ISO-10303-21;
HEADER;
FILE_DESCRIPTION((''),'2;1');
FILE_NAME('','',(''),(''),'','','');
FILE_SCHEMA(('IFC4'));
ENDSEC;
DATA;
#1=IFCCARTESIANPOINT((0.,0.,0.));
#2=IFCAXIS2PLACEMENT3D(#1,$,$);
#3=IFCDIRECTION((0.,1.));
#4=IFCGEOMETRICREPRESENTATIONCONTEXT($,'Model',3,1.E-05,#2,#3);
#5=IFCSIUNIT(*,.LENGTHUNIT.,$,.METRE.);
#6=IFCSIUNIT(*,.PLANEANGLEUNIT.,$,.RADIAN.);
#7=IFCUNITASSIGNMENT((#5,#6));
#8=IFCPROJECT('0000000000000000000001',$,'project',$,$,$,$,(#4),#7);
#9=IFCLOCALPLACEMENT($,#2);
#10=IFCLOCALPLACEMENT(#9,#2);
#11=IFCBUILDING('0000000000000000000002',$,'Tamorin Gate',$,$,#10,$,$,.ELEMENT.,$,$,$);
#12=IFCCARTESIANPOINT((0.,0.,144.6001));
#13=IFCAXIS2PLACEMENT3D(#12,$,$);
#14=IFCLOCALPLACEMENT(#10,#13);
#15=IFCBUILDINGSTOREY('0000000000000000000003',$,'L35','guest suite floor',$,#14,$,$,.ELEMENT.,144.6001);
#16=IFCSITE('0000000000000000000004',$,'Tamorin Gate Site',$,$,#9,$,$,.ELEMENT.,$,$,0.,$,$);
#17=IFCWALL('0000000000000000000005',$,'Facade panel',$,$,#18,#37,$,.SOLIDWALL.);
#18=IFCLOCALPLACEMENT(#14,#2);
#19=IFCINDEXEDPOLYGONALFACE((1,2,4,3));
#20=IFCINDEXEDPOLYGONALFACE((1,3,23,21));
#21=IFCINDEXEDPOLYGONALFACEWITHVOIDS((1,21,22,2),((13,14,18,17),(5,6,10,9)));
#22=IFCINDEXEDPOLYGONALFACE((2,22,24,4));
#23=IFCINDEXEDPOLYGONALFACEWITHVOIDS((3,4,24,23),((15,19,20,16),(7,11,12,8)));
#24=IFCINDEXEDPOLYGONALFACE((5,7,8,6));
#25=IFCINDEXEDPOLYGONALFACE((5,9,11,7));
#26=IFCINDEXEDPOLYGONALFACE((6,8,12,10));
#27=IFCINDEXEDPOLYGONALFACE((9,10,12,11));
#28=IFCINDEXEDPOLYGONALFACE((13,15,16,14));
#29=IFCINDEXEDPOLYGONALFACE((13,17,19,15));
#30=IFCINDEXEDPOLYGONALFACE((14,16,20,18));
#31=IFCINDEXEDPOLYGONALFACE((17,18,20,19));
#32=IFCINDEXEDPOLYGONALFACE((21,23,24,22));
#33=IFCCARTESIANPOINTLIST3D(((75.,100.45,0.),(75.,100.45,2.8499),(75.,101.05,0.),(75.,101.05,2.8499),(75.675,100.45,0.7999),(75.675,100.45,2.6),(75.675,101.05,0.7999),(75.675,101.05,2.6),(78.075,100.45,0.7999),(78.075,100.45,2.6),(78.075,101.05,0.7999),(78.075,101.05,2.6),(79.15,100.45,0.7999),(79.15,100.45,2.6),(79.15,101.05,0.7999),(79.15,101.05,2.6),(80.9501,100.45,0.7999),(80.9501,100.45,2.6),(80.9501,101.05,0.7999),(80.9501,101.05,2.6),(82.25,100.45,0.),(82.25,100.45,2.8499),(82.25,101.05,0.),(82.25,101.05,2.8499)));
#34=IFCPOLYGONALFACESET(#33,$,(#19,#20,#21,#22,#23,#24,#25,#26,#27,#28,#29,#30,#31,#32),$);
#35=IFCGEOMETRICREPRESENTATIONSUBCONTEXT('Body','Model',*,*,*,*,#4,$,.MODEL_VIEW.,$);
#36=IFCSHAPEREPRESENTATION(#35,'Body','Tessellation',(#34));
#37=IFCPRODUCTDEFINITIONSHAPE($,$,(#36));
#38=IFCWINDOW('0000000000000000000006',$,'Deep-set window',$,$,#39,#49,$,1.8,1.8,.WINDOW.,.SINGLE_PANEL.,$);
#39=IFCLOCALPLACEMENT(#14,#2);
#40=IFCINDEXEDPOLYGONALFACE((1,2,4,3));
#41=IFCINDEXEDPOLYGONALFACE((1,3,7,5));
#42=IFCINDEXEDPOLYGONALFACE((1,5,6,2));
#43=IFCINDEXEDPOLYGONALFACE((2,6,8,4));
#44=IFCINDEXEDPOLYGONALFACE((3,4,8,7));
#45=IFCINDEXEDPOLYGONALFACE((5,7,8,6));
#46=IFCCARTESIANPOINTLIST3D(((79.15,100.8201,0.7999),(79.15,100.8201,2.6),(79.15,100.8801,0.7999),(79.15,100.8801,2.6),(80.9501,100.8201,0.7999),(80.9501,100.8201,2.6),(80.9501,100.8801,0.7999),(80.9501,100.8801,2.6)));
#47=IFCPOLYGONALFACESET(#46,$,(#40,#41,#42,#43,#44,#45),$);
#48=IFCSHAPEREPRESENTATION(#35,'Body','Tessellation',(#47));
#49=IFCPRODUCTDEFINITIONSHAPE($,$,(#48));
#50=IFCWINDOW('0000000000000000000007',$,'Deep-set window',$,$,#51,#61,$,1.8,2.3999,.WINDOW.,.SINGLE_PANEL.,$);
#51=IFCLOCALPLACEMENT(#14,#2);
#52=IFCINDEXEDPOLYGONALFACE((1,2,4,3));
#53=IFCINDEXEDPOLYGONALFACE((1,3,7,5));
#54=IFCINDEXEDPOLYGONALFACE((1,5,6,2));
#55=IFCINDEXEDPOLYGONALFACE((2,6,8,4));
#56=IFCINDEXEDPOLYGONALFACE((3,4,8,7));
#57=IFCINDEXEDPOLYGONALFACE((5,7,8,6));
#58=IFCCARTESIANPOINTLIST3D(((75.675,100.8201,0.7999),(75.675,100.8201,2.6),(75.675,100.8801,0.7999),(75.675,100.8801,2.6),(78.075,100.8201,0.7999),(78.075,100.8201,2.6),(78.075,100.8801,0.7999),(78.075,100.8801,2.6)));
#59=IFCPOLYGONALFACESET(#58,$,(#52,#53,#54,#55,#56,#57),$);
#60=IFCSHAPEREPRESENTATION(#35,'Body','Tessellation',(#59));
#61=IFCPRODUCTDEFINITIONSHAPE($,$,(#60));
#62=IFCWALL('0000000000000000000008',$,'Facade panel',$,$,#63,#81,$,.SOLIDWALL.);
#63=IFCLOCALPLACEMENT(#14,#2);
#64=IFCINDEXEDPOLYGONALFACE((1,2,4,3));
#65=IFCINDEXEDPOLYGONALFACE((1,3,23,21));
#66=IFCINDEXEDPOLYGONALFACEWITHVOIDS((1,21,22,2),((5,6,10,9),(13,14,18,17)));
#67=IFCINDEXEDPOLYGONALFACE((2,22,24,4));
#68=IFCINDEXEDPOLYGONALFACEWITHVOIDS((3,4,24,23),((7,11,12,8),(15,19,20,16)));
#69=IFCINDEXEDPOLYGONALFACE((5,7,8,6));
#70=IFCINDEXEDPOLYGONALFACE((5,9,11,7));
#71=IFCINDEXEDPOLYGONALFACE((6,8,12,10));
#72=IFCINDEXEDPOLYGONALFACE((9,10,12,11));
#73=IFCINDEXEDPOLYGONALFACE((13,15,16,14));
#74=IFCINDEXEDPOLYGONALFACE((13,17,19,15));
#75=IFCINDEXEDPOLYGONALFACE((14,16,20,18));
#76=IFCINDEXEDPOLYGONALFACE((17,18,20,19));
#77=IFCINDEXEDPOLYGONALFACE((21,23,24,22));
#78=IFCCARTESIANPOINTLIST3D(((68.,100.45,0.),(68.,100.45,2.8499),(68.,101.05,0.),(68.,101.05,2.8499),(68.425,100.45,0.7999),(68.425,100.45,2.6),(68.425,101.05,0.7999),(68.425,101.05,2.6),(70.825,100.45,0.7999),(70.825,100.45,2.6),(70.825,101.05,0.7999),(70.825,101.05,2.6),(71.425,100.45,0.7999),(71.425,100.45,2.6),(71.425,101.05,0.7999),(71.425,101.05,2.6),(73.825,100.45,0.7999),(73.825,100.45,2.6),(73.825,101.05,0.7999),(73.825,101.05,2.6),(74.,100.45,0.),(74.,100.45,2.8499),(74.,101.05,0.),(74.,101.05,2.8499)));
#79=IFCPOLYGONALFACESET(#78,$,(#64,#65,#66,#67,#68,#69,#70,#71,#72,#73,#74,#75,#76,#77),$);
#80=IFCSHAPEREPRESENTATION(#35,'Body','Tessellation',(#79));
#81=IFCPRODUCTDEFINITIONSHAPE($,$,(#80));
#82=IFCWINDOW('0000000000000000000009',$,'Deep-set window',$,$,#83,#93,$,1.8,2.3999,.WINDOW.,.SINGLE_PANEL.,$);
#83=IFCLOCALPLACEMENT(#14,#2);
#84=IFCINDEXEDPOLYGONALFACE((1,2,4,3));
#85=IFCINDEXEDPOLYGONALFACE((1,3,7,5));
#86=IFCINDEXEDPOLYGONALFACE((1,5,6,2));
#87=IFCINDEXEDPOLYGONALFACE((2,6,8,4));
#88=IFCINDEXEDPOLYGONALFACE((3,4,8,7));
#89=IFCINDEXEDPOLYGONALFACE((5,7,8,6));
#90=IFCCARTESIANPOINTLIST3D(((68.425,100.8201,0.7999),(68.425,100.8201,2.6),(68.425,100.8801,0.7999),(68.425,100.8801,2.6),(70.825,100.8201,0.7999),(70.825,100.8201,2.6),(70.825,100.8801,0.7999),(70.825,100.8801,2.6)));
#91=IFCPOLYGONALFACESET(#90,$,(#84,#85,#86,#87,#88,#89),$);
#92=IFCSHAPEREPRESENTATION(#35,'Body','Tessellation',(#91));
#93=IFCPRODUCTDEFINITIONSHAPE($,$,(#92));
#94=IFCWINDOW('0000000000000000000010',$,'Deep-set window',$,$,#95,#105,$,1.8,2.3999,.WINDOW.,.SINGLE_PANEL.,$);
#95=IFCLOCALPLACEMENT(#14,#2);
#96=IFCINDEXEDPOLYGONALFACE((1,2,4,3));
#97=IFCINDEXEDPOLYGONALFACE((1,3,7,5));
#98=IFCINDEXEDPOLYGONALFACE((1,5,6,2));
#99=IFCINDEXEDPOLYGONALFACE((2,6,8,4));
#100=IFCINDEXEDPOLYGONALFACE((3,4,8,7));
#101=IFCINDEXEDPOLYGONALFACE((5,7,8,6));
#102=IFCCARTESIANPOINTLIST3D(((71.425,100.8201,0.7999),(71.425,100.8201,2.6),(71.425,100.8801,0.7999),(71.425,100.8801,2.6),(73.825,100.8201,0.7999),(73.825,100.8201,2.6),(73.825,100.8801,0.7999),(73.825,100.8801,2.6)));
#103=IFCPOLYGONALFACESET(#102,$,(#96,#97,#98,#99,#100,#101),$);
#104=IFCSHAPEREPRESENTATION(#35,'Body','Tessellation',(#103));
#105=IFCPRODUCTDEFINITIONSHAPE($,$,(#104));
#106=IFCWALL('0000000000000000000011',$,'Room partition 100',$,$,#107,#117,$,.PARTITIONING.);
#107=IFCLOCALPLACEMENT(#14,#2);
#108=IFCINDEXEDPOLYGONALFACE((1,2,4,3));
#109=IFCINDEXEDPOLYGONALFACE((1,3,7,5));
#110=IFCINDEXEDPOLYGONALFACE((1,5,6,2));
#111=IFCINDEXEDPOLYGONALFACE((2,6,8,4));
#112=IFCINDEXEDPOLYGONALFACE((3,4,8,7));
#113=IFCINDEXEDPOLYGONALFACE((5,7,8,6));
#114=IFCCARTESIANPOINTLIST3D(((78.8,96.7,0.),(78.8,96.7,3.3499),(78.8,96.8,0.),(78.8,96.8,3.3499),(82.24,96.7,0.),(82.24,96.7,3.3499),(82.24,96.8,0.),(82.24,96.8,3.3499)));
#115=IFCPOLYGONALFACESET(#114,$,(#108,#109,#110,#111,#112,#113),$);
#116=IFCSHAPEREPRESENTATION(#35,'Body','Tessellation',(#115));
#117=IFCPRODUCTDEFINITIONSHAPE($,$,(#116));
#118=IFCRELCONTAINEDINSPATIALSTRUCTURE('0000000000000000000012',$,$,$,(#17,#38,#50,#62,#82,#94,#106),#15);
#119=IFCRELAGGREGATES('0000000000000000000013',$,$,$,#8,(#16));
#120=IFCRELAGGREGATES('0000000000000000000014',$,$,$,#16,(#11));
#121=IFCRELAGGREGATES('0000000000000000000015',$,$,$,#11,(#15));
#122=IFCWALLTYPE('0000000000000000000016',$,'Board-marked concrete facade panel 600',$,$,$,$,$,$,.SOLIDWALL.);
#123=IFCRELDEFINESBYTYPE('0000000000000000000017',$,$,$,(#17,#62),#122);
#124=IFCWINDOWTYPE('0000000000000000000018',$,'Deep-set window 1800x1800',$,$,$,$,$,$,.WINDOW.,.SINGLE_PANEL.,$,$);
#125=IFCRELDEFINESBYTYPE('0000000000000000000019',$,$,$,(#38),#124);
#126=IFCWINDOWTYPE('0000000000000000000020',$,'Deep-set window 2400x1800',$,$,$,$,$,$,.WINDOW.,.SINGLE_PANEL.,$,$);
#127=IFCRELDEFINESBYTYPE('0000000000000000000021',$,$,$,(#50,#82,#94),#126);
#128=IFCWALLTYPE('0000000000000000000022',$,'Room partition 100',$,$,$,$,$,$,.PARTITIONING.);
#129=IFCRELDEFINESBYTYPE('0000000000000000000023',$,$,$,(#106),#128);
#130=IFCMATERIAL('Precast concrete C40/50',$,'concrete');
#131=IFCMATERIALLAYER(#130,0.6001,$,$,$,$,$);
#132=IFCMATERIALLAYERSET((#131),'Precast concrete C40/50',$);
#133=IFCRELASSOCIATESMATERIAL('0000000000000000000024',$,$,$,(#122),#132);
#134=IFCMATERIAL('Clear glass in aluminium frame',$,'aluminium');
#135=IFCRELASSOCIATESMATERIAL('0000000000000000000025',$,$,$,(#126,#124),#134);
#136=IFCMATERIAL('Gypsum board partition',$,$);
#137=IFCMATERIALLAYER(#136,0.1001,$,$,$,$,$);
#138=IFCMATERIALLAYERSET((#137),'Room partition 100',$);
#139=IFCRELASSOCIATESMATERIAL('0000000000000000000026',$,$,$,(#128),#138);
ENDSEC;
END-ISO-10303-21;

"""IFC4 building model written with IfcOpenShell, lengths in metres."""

from ifc_helpers import new_model, si_unit, direction, frame, frame_2d, origin, place, context, subcontext, project, spatial, rectangle, extrude, material, layer, layer_set, type_object, element, fill, save


model = new_model("IFC4")

# Units and contexts
model_context = context("Model", 3, precision=1e-05, world=origin(), true_north=direction((0.0, 1.0)))
body_context = subcontext(model_context, "Body", "Model", "MODEL_VIEW")
ifc_project = project(units=[si_unit("LENGTHUNIT", "METRE"), si_unit("PLANEANGLEUNIT", "RADIAN")], contexts=[model_context])

# Site, building, storey
site_placement = place(None, origin())
site = spatial("IfcSite", under=ifc_project, at=site_placement, Name="Tamorin Gate Site", CompositionType="ELEMENT", RefElevation=0.0)
building_placement = place(site_placement, origin())
building = spatial("IfcBuilding", under=site, at=building_placement, Name="Tamorin Gate", CompositionType="ELEMENT")
storey_placement = place(building_placement, frame((0.0, 0.0, 144.6001)))
storey = spatial("IfcBuildingStorey", under=building, at=storey_placement, Name="L35", Description="guest suite floor", CompositionType="ELEMENT", Elevation=144.6001)

# Shared definitions
ifc_material_1 = material(Name="Precast concrete C40/50", Category="concrete")
ifc_layer_1 = layer(ifc_material_1, 0.6001)
ifc_layer_set_1 = layer_set([ifc_layer_1], Name="Precast concrete C40/50")
wall_type_1 = type_object("IfcWallType", Name="Board-marked concrete facade panel 600", PredefinedType="SOLIDWALL", material=ifc_layer_set_1)
ifc_material_2 = material(Name="Clear glass in aluminium frame", Category="aluminium")
window_type_1 = type_object("IfcWindowType", Name="Deep-set window 2400x1800", PartitioningType="SINGLE_PANEL", PredefinedType="WINDOW", material=ifc_material_2)

# Walls, openings, windows
wall_1_placement = place(storey_placement, frame((82.25, 100.75, 0.0), z_axis=(0.0, 0.0, 1.0), x_axis=(-1.0, 0.0, 0.0)))
wall_1 = element("IfcWall", 1, at=wall_1_placement, inside=storey, type_object=wall_type_1, Name="Facade panel", PredefinedType="SOLIDWALL", context=body_context, shape_type="SweptSolid", body=[
    extrude(rectangle(XDim=7.25, YDim=0.6001, at=frame_2d((3.625, 0.0))), origin(), (0.0, 0.0, 1.0), 2.8499),
])
opening_1_placement = place(wall_1_placement, frame((4.175, 0.0, 0.8)))
opening_1 = element("IfcOpeningElement", 2, at=opening_1_placement, cuts=wall_1, PredefinedType="OPENING", context=body_context, shape_type="SweptSolid", body=[
    extrude(rectangle(XDim=2.3999, YDim=1.8, at=frame_2d((1.2, 0.8999))), frame((0.0, 0.3101, 0.0), z_axis=(0.0, -1.0, 0.0), x_axis=(1.0, 0.0, 0.0)), (0.0, 0.0, 1.0), 0.6201),
])
opening_2_placement = place(wall_1_placement, frame((1.3, 0.0, 0.8)))
opening_2 = element("IfcOpeningElement", 3, at=opening_2_placement, cuts=wall_1, PredefinedType="OPENING", context=body_context, shape_type="SweptSolid", body=[
    extrude(rectangle(XDim=1.8, YDim=1.8, at=frame_2d((0.8999, 0.8999))), frame((0.0, 0.3101, 0.0), z_axis=(0.0, -1.0, 0.0), x_axis=(1.0, 0.0, 0.0)), (0.0, 0.0, 1.0), 0.6201),
])
window_type_2 = type_object("IfcWindowType", Name="Deep-set window 1800x1800", PartitioningType="SINGLE_PANEL", PredefinedType="WINDOW", material=ifc_material_2)
window_1_placement = place(opening_2_placement, origin())
window_1 = element("IfcWindow", 4, at=window_1_placement, inside=storey, type_object=window_type_2, Name="Deep-set window", OverallHeight=1.8, OverallWidth=1.8, PartitioningType="SINGLE_PANEL", PredefinedType="WINDOW", context=body_context, shape_type="SweptSolid", body=[
    extrude(rectangle(XDim=1.8, YDim=1.8, at=frame_2d((0.8999, 0.8999))), frame((0.0, -0.0701, 0.0), z_axis=(0.0, -1.0, 0.0), x_axis=(1.0, 0.0, 0.0)), (0.0, 0.0, 1.0), 0.0601),
])
fill(opening_2, window_1)
window_2_placement = place(opening_1_placement, origin())
window_2 = element("IfcWindow", 5, at=window_2_placement, inside=storey, type_object=window_type_1, Name="Deep-set window", OverallHeight=1.8, OverallWidth=2.3999, PartitioningType="SINGLE_PANEL", PredefinedType="WINDOW", context=body_context, shape_type="SweptSolid", body=[
    extrude(rectangle(XDim=2.3999, YDim=1.8, at=frame_2d((1.2, 0.8999))), frame((0.0, -0.0701, 0.0), z_axis=(0.0, -1.0, 0.0), x_axis=(1.0, 0.0, 0.0)), (0.0, 0.0, 1.0), 0.0601),
])
fill(opening_1, window_2)
wall_2_placement = place(storey_placement, frame((74.0, 100.75, 0.0), z_axis=(0.0, 0.0, 1.0), x_axis=(-1.0, 0.0, 0.0)))
wall_2 = element("IfcWall", 6, at=wall_2_placement, inside=storey, type_object=wall_type_1, Name="Facade panel", PredefinedType="SOLIDWALL", context=body_context, shape_type="SweptSolid", body=[
    extrude(rectangle(XDim=6.0, YDim=0.6001, at=frame_2d((3.0, 0.0))), origin(), (0.0, 0.0, 1.0), 2.8499),
])
opening_3_placement = place(wall_2_placement, frame((3.175, 0.0, 0.8)))
opening_3 = element("IfcOpeningElement", 7, at=opening_3_placement, cuts=wall_2, PredefinedType="OPENING", context=body_context, shape_type="SweptSolid", body=[
    extrude(rectangle(XDim=2.3999, YDim=1.8, at=frame_2d((1.2, 0.8999))), frame((0.0, 0.3101, 0.0), z_axis=(0.0, -1.0, 0.0), x_axis=(1.0, 0.0, 0.0)), (0.0, 0.0, 1.0), 0.6201),
])
opening_4_placement = place(wall_2_placement, frame((0.175, 0.0, 0.8)))
opening_4 = element("IfcOpeningElement", 8, at=opening_4_placement, cuts=wall_2, PredefinedType="OPENING", context=body_context, shape_type="SweptSolid", body=[
    extrude(rectangle(XDim=2.3999, YDim=1.8, at=frame_2d((1.2, 0.8999))), frame((0.0, 0.3101, 0.0), z_axis=(0.0, -1.0, 0.0), x_axis=(1.0, 0.0, 0.0)), (0.0, 0.0, 1.0), 0.6201),
])
window_3_placement = place(opening_3_placement, origin())
window_3 = element("IfcWindow", 9, at=window_3_placement, inside=storey, type_object=window_type_1, Name="Deep-set window", OverallHeight=1.8, OverallWidth=2.3999, PartitioningType="SINGLE_PANEL", PredefinedType="WINDOW", context=body_context, shape_type="SweptSolid", body=[
    extrude(rectangle(XDim=2.3999, YDim=1.8, at=frame_2d((1.2, 0.8999))), frame((0.0, -0.0701, 0.0), z_axis=(0.0, -1.0, 0.0), x_axis=(1.0, 0.0, 0.0)), (0.0, 0.0, 1.0), 0.0601),
])
fill(opening_3, window_3)
window_4_placement = place(opening_4_placement, origin())
window_4 = element("IfcWindow", 10, at=window_4_placement, inside=storey, type_object=window_type_1, Name="Deep-set window", OverallHeight=1.8, OverallWidth=2.3999, PartitioningType="SINGLE_PANEL", PredefinedType="WINDOW", context=body_context, shape_type="SweptSolid", body=[
    extrude(rectangle(XDim=2.3999, YDim=1.8, at=frame_2d((1.2, 0.8999))), frame((0.0, -0.0701, 0.0), z_axis=(0.0, -1.0, 0.0), x_axis=(1.0, 0.0, 0.0)), (0.0, 0.0, 1.0), 0.0601),
])
fill(opening_4, window_4)

# Wall
ifc_material_3 = material(Name="Gypsum board partition")
ifc_layer_2 = layer(ifc_material_3, 0.1001)
ifc_layer_set_2 = layer_set([ifc_layer_2], Name="Room partition 100")
wall_type_2 = type_object("IfcWallType", Name="Room partition 100", PredefinedType="PARTITIONING", material=ifc_layer_set_2)
wall_3_placement = place(storey_placement, frame((78.8, 96.75, 0.0), z_axis=(0.0, 0.0, 1.0), x_axis=(1.0, 0.0, 0.0)))
element("IfcWall", 11, at=wall_3_placement, inside=storey, type_object=wall_type_2, Name="Room partition 100", PredefinedType="PARTITIONING", context=body_context, shape_type="SweptSolid", body=[
    extrude(rectangle(XDim=3.4399, YDim=0.1001, at=frame_2d((1.72, 0.0))), origin(), (0.0, 0.0, 1.0), 3.3499),
])

save(model, "model.ifc")
